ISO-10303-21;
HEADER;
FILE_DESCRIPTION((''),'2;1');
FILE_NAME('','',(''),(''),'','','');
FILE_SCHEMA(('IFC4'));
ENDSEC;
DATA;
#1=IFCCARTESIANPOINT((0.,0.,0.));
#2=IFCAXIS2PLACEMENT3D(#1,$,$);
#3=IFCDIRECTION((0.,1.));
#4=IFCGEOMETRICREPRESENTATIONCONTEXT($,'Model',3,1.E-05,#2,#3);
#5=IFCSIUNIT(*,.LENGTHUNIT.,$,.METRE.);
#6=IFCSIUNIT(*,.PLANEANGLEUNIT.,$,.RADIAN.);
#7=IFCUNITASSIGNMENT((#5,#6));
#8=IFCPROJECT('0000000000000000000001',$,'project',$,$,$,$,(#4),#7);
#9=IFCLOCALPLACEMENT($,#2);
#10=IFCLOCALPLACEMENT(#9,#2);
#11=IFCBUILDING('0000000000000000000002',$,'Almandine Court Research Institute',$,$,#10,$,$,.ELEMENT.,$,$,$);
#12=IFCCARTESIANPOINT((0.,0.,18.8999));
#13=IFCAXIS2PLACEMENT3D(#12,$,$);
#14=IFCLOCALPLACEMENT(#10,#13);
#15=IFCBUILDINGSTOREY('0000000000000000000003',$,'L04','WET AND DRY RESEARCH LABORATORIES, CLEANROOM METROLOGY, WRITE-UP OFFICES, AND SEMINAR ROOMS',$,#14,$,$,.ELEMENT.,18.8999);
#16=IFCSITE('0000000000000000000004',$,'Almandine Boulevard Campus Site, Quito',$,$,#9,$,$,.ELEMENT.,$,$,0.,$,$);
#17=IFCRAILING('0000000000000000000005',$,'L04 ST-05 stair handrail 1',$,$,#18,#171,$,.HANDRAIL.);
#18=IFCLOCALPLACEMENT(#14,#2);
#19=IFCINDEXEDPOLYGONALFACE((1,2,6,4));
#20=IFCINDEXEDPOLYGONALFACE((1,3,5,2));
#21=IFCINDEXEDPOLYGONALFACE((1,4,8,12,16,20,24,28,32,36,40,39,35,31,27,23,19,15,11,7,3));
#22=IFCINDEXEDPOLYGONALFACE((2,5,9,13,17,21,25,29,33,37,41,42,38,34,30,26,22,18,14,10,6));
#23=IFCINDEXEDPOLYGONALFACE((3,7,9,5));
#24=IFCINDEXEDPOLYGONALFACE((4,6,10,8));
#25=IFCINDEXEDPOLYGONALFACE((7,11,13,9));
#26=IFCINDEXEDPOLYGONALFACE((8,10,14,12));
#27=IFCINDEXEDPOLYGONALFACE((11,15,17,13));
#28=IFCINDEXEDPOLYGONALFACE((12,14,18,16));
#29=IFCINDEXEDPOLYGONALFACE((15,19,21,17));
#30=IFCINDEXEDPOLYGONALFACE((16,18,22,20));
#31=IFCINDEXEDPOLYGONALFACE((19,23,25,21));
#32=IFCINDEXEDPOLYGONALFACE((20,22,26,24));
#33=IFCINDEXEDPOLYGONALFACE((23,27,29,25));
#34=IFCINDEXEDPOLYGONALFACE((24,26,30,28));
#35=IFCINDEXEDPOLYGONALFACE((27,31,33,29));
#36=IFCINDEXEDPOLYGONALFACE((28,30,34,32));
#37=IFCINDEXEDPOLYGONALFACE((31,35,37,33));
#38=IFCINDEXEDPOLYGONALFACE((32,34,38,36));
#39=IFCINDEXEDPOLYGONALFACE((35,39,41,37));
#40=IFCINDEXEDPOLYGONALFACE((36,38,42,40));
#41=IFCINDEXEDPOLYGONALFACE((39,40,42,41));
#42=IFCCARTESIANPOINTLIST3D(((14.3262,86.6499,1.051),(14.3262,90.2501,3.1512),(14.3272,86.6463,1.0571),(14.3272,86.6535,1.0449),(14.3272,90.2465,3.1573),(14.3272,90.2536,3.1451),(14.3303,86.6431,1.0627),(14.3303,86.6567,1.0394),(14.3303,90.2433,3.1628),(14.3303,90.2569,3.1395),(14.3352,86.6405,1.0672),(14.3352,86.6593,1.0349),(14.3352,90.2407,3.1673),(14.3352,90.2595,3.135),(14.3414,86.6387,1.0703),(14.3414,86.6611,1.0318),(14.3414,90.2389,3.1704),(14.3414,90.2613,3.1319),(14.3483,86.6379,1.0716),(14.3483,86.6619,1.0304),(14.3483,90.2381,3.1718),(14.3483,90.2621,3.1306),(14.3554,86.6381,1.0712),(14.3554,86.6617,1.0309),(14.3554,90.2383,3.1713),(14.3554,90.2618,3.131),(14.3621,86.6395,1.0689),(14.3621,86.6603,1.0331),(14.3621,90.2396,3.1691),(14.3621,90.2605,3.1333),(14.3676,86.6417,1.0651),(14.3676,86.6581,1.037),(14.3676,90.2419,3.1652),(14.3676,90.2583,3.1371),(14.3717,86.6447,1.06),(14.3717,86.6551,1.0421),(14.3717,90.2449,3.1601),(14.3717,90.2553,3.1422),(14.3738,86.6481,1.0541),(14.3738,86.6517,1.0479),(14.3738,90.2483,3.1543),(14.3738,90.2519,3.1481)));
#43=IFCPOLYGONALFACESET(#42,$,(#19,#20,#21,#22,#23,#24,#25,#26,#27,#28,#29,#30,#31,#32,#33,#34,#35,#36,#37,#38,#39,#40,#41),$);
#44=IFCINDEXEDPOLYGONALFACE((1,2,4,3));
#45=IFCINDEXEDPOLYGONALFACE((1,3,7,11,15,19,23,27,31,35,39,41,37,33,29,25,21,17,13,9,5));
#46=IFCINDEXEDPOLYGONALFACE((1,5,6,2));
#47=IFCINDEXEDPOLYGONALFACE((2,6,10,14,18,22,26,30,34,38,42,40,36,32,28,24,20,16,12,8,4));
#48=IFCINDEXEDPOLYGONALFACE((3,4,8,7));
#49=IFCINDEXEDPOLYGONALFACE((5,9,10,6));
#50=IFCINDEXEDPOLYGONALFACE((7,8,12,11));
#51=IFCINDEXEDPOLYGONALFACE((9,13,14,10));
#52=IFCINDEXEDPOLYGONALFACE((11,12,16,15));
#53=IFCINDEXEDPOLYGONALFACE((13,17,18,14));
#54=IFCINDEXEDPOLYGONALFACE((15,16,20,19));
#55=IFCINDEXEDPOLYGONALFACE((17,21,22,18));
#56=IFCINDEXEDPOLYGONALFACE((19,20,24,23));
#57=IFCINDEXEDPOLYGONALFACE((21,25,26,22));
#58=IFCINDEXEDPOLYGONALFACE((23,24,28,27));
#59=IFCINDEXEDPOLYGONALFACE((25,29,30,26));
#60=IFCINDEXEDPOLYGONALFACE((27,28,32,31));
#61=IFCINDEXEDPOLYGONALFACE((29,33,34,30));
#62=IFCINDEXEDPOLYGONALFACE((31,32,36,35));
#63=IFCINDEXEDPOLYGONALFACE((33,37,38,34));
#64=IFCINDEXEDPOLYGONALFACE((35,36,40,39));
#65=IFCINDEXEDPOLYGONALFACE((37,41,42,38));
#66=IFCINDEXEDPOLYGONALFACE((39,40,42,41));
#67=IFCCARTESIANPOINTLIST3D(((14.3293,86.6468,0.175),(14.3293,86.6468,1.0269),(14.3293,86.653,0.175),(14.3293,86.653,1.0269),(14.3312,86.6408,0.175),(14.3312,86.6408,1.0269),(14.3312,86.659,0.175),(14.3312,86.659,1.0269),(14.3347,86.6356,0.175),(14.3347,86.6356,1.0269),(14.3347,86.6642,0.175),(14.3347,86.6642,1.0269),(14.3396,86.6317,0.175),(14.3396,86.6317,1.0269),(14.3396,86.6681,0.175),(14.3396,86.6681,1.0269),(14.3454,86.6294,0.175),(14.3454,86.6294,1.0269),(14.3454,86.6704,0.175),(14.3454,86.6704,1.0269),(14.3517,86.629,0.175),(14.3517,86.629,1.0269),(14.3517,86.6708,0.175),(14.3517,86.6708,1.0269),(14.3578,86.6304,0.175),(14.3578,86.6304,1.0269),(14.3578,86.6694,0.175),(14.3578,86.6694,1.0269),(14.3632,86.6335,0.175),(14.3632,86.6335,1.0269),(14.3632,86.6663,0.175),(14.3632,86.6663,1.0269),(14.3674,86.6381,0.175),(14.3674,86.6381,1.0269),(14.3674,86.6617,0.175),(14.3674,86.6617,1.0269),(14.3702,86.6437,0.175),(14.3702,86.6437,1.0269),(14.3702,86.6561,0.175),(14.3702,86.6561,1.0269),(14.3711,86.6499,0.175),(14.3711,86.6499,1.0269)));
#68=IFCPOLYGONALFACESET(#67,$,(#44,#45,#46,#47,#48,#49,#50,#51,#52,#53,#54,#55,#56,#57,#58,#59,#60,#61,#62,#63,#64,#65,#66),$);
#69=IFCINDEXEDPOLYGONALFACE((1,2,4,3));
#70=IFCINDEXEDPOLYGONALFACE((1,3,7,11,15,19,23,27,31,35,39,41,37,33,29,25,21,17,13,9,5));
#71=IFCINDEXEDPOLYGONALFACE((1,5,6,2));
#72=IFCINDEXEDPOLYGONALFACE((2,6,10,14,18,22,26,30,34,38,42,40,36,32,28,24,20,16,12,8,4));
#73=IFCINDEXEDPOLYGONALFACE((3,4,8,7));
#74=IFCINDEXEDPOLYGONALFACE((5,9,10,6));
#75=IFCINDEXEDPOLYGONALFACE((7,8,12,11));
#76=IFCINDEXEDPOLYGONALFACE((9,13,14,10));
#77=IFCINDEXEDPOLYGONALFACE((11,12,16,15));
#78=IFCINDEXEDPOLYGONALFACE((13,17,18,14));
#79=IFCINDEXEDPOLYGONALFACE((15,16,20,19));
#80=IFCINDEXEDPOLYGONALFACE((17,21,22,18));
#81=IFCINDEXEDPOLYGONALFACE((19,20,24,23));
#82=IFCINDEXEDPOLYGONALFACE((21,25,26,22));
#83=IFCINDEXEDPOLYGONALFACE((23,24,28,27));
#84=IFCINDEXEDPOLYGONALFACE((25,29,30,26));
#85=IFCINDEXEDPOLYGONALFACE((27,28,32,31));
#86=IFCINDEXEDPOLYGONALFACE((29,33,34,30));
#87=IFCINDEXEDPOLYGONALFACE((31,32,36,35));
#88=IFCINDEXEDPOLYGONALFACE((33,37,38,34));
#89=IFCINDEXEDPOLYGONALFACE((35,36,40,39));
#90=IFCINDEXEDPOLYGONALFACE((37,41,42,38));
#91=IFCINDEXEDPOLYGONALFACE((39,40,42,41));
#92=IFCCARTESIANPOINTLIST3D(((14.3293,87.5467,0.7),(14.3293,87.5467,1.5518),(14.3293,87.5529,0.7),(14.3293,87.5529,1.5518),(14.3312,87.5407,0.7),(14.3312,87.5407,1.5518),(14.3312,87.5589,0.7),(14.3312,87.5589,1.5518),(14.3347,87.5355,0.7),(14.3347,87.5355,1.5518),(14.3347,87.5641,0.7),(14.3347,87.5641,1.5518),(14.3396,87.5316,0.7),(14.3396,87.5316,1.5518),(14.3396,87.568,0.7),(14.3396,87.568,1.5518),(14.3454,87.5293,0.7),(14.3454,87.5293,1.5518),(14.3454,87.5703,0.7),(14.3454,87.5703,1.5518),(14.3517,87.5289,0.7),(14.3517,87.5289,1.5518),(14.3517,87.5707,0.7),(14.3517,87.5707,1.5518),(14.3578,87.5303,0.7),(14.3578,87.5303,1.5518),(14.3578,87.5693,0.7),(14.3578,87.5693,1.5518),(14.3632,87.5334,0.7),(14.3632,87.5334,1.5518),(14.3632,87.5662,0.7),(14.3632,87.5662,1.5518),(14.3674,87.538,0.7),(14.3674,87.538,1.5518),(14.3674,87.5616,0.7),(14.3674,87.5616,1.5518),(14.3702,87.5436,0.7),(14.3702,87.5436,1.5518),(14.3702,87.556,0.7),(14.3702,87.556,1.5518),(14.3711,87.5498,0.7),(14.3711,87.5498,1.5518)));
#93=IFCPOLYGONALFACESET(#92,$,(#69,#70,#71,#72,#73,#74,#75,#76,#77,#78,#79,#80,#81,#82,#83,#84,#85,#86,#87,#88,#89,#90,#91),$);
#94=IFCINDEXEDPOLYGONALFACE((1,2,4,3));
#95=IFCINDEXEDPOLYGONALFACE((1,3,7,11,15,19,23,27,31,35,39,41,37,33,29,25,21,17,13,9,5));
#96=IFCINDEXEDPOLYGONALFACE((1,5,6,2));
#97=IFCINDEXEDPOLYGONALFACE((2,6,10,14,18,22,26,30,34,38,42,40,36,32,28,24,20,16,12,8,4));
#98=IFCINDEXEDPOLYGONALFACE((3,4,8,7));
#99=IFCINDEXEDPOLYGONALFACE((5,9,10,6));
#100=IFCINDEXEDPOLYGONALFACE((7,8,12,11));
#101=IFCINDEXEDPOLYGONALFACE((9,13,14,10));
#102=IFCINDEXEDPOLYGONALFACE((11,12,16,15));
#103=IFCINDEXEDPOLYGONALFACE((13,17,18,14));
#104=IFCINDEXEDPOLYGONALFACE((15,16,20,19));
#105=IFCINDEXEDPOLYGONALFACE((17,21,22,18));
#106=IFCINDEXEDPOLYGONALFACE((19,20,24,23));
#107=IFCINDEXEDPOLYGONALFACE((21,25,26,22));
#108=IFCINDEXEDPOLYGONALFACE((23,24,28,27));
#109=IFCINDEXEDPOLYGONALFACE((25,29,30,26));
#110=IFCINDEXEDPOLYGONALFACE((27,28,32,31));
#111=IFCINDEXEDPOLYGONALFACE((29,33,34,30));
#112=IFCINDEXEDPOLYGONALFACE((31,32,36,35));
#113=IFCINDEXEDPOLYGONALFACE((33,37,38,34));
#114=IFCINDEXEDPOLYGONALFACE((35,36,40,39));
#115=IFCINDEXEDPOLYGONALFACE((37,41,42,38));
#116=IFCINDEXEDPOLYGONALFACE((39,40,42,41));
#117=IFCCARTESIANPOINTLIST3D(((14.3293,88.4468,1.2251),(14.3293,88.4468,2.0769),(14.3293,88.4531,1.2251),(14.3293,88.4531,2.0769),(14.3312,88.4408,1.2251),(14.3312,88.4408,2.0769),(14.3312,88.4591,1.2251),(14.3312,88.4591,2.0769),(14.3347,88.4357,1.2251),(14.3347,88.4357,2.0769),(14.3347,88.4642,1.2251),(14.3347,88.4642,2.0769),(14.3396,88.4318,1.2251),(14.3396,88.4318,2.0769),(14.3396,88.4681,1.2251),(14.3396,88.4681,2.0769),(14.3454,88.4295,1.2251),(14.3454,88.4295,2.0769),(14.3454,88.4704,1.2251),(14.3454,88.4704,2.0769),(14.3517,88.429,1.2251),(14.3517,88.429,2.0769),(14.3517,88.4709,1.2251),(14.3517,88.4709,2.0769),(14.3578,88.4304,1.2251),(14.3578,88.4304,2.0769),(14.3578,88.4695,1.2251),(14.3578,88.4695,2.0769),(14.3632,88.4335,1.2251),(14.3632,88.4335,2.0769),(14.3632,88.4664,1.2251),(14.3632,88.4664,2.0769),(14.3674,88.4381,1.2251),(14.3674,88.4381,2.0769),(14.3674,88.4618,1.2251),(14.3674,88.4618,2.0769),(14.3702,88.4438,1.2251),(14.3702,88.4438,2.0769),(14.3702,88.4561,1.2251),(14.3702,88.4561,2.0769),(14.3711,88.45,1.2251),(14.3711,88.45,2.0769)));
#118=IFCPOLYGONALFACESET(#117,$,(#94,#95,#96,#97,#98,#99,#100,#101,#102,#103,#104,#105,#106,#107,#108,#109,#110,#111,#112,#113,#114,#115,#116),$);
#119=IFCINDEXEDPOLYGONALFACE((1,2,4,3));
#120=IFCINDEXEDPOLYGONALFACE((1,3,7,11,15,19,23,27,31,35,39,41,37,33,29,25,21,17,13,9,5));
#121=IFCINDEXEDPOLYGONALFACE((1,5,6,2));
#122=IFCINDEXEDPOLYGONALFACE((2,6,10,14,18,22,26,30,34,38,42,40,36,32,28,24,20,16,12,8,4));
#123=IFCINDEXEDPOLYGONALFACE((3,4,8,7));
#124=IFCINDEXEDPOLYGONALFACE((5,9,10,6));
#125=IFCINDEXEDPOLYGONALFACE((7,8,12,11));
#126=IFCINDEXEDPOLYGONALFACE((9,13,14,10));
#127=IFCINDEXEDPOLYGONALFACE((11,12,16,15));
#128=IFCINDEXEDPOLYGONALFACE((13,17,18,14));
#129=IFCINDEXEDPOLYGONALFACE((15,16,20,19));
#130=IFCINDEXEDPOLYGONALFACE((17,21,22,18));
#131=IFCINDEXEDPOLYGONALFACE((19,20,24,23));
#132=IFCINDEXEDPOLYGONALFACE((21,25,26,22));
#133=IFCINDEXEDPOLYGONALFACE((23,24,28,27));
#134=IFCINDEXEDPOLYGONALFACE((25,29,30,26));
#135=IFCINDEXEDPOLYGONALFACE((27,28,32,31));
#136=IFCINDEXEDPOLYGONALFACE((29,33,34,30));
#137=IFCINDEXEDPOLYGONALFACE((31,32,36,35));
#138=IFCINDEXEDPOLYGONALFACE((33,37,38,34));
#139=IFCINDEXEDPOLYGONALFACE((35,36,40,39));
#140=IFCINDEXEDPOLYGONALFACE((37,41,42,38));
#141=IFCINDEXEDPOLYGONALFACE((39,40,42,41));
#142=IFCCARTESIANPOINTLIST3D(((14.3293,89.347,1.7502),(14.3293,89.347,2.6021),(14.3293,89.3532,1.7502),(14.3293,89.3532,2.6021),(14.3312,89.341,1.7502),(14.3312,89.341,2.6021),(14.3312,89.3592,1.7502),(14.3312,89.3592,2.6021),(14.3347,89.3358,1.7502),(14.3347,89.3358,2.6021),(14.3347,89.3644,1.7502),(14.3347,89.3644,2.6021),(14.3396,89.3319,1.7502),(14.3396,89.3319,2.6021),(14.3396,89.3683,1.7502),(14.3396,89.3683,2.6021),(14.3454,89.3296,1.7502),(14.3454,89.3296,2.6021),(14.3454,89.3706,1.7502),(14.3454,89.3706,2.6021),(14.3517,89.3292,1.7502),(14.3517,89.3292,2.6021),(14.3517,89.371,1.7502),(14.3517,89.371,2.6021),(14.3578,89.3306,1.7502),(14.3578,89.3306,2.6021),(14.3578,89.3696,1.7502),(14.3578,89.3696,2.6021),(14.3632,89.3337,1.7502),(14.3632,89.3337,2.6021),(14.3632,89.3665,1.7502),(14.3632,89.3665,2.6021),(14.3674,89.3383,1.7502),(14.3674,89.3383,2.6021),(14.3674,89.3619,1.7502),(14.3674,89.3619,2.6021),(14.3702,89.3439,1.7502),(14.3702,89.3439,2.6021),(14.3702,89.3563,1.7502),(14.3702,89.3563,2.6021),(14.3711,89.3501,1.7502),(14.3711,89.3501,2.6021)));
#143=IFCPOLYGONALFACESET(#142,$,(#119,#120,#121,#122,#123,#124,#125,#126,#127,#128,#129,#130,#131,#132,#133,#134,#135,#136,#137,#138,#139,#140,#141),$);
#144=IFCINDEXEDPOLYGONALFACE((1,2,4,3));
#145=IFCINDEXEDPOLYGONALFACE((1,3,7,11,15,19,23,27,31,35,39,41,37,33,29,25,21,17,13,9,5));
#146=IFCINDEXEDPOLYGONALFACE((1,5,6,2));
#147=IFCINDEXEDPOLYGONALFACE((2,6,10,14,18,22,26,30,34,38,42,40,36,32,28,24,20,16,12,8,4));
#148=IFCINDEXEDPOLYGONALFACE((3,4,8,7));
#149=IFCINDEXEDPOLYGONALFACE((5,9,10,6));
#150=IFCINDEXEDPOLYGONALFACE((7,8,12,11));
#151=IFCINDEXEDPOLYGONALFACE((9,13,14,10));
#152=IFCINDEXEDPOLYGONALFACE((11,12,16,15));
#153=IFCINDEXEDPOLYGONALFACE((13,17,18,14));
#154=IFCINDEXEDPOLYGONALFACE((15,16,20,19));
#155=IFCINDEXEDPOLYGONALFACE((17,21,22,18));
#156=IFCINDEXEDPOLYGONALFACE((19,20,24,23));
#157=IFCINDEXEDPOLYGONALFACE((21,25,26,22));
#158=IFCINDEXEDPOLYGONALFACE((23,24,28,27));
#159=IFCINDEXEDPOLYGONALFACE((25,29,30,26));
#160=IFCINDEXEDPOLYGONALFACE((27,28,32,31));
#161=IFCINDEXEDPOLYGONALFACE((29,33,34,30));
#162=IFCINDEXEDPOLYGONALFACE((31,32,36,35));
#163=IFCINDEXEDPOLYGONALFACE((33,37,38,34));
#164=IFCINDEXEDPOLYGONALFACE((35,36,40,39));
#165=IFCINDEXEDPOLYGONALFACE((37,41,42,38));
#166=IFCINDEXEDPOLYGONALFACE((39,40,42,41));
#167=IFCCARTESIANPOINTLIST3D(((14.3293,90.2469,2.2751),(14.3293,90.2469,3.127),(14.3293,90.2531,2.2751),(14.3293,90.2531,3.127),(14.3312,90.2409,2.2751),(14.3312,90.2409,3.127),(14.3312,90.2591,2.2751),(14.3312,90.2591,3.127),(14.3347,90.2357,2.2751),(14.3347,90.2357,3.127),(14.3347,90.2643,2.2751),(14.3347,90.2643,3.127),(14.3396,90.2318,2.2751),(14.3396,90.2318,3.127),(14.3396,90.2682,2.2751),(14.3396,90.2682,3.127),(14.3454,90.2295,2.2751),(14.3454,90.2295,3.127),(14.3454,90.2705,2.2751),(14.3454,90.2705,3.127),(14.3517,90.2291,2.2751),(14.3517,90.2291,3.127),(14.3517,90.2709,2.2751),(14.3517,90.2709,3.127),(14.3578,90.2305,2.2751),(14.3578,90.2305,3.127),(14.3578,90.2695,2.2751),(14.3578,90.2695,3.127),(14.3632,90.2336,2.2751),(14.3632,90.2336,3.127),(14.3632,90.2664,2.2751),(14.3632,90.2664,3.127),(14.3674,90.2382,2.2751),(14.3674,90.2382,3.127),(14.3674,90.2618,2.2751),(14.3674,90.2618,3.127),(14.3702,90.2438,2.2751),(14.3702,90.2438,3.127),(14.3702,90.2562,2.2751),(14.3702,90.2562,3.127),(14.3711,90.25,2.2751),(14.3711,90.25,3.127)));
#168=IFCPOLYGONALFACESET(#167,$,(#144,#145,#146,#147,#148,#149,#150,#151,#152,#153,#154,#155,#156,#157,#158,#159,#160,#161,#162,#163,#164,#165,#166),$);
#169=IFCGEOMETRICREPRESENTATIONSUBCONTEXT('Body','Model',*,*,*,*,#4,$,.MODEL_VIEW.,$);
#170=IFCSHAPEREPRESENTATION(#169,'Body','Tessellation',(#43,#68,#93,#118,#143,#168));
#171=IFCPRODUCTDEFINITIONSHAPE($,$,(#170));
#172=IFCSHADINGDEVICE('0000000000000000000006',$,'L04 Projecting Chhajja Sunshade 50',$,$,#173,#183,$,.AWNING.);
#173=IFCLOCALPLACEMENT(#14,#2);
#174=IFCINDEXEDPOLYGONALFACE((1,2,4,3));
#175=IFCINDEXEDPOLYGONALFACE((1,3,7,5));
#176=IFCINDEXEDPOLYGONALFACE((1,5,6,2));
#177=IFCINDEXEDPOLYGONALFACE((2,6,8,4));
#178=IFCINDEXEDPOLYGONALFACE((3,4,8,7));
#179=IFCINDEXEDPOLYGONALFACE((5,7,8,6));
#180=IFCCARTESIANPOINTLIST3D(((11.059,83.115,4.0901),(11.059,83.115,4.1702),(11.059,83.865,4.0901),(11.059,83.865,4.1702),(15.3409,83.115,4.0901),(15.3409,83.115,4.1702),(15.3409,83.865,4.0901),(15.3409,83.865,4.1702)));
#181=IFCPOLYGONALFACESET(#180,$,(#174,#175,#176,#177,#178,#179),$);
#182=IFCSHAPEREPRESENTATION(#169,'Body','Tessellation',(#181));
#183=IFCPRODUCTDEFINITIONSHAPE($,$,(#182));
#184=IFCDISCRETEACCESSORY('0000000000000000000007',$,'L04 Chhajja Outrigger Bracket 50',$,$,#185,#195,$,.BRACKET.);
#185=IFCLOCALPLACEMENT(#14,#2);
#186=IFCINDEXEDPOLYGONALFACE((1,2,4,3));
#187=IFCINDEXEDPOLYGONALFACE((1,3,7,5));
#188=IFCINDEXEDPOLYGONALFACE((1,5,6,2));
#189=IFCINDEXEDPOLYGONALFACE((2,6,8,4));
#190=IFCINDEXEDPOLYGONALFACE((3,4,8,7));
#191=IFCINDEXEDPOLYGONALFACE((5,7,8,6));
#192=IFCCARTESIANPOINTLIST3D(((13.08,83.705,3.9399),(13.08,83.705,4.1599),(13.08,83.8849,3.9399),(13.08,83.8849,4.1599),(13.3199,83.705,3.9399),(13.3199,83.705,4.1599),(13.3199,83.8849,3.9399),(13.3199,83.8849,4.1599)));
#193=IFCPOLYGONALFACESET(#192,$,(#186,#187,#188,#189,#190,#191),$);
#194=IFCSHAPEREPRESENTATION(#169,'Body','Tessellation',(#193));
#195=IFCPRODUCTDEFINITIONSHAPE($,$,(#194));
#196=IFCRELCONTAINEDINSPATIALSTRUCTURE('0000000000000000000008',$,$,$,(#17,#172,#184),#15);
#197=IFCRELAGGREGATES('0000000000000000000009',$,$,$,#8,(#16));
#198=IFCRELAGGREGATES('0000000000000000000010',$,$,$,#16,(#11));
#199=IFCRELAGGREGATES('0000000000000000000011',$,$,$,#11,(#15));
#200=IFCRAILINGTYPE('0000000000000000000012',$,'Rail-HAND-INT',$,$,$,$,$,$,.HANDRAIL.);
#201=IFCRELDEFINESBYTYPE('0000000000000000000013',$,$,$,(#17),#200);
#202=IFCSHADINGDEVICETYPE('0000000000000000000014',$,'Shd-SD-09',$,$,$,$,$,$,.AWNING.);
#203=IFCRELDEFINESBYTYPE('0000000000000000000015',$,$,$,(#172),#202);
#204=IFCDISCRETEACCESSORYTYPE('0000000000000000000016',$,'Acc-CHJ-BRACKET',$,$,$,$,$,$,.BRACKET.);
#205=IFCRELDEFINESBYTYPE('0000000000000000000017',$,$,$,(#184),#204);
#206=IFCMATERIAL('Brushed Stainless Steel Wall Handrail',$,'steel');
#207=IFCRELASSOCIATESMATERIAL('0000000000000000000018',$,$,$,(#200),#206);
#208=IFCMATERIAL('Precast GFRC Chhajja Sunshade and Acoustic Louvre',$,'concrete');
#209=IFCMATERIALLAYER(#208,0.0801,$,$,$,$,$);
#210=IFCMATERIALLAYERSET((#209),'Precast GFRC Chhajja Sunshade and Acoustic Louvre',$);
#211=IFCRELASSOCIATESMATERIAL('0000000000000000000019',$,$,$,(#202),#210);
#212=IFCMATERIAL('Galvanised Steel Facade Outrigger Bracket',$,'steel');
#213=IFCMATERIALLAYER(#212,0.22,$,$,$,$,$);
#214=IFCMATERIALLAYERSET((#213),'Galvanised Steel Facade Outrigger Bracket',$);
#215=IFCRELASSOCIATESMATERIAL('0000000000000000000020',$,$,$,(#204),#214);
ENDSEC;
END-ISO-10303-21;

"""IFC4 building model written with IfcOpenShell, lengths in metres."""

from ifc_helpers import new_model, si_unit, direction, frame, origin, origin_2d, place, context, subcontext, project, spatial, rectangle, circle, extrude, material, layer, layer_set, type_object, element, save


model = new_model("IFC4")

# Units and contexts
model_context = context("Model", 3, precision=1e-05, world=origin(), true_north=direction((0.0, 1.0)))
body_context = subcontext(model_context, "Body", "Model", "MODEL_VIEW")
ifc_project = project(units=[si_unit("LENGTHUNIT", "METRE"), si_unit("PLANEANGLEUNIT", "RADIAN")], contexts=[model_context])

# Site, building, storey
site_placement = place(None, origin())
site = spatial("IfcSite", under=ifc_project, at=site_placement, Name="Almandine Boulevard Campus Site, Quito", CompositionType="ELEMENT", RefElevation=0.0)
building_placement = place(site_placement, origin())
building = spatial("IfcBuilding", under=site, at=building_placement, Name="Almandine Court Research Institute", CompositionType="ELEMENT")
storey_placement = place(building_placement, frame((0.0, 0.0, 18.8999)))
storey = spatial("IfcBuildingStorey", under=building, at=storey_placement, Name="L04", Description="WET AND DRY RESEARCH LABORATORIES, CLEANROOM METROLOGY, WRITE-UP OFFICES, AND SEMINAR ROOMS", CompositionType="ELEMENT", Elevation=18.8999)

# Railing
ifc_material_1 = material(Name="Brushed Stainless Steel Wall Handrail", Category="steel")
railing_type_1 = type_object("IfcRailingType", Name="Rail-HAND-INT", PredefinedType="HANDRAIL", material=ifc_material_1)
railing_1_placement = place(storey_placement, frame((14.3501, 86.6499, 0.175)))
element("IfcRailing", 1, at=railing_1_placement, inside=storey, type_object=railing_type_1, Name="L04 ST-05 stair handrail 1", PredefinedType="HANDRAIL", context=body_context, shape_type="SweptSolid", body=[
    extrude(circle(Radius=0.0239, at=origin_2d()), frame((0.0, 0.0, 0.876), z_axis=(0.0, 0.863775, 0.503878), x_axis=(-1.0, 0.0, 0.0)), (0.0, 0.0, 1.0), 4.168),
    extrude(circle(Radius=0.021, at=origin_2d()), origin(), (0.0, 0.0, 1.0), 0.8518),
    extrude(circle(Radius=0.021, at=origin_2d()), frame((0.0, 0.8999, 0.5249)), (0.0, 0.0, 1.0), 0.8518),
    extrude(circle(Radius=0.021, at=origin_2d()), frame((0.0, 1.8, 1.05)), (0.0, 0.0, 1.0), 0.8518),
    extrude(circle(Radius=0.021, at=origin_2d()), frame((0.0, 2.7002, 1.5752)), (0.0, 0.0, 1.0), 0.8518),
    extrude(circle(Radius=0.021, at=origin_2d()), frame((0.0, 3.6001, 2.1001)), (0.0, 0.0, 1.0), 0.8518),
])

# Shading device
ifc_material_2 = material(Name="Precast GFRC Chhajja Sunshade and Acoustic Louvre", Category="concrete")
ifc_layer_1 = layer(ifc_material_2, 0.0801)
ifc_layer_set_1 = layer_set([ifc_layer_1], Name="Precast GFRC Chhajja Sunshade and Acoustic Louvre")
shading_device_type = type_object("IfcShadingDeviceType", Name="Shd-SD-09", PredefinedType="AWNING", material=ifc_layer_set_1)
shading_device_placement = place(storey_placement, frame((13.2, 83.49, 4.0901), z_axis=(0.0, 0.0, 1.0), x_axis=(-1.0, 0.0, 0.0)))
element("IfcShadingDevice", 2, at=shading_device_placement, inside=storey, type_object=shading_device_type, Name="L04 Projecting Chhajja Sunshade 50", PredefinedType="AWNING", context=body_context, shape_type="SweptSolid", body=[
    extrude(rectangle(XDim=4.282, YDim=0.75, at=origin_2d()), origin(), (0.0, 0.0, 1.0), 0.0801),
])

# Discrete accessory
ifc_material_3 = material(Name="Galvanised Steel Facade Outrigger Bracket", Category="steel")
ifc_layer_2 = layer(ifc_material_3, 0.22)
ifc_layer_set_2 = layer_set([ifc_layer_2], Name="Galvanised Steel Facade Outrigger Bracket")
discrete_accessory_type = type_object("IfcDiscreteAccessoryType", Name="Acc-CHJ-BRACKET", PredefinedType="BRACKET", material=ifc_layer_set_2)
discrete_accessory_placement = place(storey_placement, frame((13.2, 83.7949, 3.9399), z_axis=(0.0, 0.0, 1.0), x_axis=(-1.0, 0.0, 0.0)))
element("IfcDiscreteAccessory", 3, at=discrete_accessory_placement, inside=storey, type_object=discrete_accessory_type, Name="L04 Chhajja Outrigger Bracket 50", PredefinedType="BRACKET", context=body_context, shape_type="SweptSolid", body=[
    extrude(rectangle(XDim=0.24, YDim=0.1799, at=origin_2d()), origin(), (0.0, 0.0, 1.0), 0.22),
])

save(model, "model.ifc")
